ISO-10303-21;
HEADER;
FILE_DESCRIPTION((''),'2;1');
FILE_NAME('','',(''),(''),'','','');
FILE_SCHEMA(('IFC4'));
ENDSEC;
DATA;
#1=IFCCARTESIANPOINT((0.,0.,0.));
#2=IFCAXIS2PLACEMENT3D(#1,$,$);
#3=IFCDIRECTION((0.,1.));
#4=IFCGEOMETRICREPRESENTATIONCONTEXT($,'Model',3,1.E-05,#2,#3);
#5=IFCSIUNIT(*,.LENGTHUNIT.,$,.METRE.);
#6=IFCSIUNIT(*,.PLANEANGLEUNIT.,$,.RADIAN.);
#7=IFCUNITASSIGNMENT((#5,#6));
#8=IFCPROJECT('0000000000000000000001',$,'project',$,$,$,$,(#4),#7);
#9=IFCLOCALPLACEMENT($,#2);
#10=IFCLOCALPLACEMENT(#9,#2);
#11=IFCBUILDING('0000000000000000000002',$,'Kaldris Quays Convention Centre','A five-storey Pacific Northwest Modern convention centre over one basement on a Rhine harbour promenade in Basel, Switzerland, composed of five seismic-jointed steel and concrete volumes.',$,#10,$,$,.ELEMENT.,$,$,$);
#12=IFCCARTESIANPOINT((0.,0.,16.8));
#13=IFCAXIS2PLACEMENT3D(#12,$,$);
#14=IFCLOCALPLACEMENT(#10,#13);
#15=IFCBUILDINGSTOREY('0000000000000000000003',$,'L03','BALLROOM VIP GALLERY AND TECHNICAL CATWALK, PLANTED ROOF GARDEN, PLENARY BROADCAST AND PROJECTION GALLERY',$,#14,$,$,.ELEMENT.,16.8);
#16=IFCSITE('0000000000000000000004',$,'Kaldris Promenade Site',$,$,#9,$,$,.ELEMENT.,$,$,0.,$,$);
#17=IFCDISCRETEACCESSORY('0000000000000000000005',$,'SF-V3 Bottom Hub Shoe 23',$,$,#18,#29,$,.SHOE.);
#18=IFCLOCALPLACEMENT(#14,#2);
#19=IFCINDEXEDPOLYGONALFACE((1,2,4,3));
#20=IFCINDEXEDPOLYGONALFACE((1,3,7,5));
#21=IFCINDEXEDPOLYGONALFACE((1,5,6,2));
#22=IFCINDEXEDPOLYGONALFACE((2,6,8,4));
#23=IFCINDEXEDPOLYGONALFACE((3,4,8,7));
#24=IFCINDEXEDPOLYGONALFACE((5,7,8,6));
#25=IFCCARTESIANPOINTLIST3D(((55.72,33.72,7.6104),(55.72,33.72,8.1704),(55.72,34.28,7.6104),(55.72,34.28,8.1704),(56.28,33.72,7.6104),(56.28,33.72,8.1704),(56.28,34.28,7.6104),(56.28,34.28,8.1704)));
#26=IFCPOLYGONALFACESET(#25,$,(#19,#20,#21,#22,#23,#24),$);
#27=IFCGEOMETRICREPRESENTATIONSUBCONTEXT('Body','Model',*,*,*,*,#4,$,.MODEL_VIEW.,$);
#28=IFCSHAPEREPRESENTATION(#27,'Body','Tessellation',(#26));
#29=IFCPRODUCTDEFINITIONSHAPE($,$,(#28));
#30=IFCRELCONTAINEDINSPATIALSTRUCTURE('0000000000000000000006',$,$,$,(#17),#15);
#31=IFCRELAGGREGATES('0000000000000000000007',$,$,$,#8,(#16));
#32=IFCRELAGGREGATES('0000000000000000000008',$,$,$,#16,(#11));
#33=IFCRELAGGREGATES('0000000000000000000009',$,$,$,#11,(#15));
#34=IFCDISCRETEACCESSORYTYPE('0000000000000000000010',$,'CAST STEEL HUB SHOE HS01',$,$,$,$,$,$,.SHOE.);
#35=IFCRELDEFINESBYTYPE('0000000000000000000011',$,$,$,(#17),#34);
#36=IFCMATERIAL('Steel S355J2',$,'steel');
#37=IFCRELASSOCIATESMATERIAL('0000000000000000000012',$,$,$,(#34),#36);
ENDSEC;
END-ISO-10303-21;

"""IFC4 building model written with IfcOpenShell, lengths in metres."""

from ifc_helpers import new_model, si_unit, direction, frame, origin, origin_2d, place, context, subcontext, project, spatial, rectangle, extrude, material, type_object, element, save


model = new_model("IFC4")

# Units and contexts
model_context = context("Model", 3, precision=1e-05, world=origin(), true_north=direction((0.0, 1.0)))
body_context = subcontext(model_context, "Body", "Model", "MODEL_VIEW")
ifc_project = project(units=[si_unit("LENGTHUNIT", "METRE"), si_unit("PLANEANGLEUNIT", "RADIAN")], contexts=[model_context])

# Site, building, storey
site_placement = place(None, origin())
site = spatial("IfcSite", under=ifc_project, at=site_placement, Name="Kaldris Promenade Site", CompositionType="ELEMENT", RefElevation=0.0)
building_placement = place(site_placement, origin())
building = spatial("IfcBuilding", under=site, at=building_placement, Name="Kaldris Quays Convention Centre", Description="A five-storey Pacific Northwest Modern convention centre over one basement on a Rhine harbour promenade in Basel, Switzerland, composed of five seismic-jointed steel and concrete volumes.", CompositionType="ELEMENT")
storey_placement = place(building_placement, frame((0.0, 0.0, 16.8)))
storey = spatial("IfcBuildingStorey", under=building, at=storey_placement, Name="L03", Description="BALLROOM VIP GALLERY AND TECHNICAL CATWALK, PLANTED ROOF GARDEN, PLENARY BROADCAST AND PROJECTION GALLERY", CompositionType="ELEMENT", Elevation=16.8)

# Discrete accessory
ifc_material_1 = material(Name="Steel S355J2", Category="steel")
discrete_accessory_type = type_object("IfcDiscreteAccessoryType", Name="CAST STEEL HUB SHOE HS01", PredefinedType="SHOE", material=ifc_material_1)
discrete_accessory_placement = place(storey_placement, frame((56.0, 34.0, 7.6104), z_axis=(0.0, 0.0, 1.0), x_axis=(1.0, 0.0, 0.0)))
element("IfcDiscreteAccessory", 1, at=discrete_accessory_placement, inside=storey, type_object=discrete_accessory_type, Name="SF-V3 Bottom Hub Shoe 23", PredefinedType="SHOE", context=body_context, shape_type="SweptSolid", body=[
    extrude(rectangle(XDim=0.5601, YDim=0.5601, at=origin_2d()), origin(), (0.0, 0.0, 1.0), 0.5601),
])

save(model, "model.ifc")
